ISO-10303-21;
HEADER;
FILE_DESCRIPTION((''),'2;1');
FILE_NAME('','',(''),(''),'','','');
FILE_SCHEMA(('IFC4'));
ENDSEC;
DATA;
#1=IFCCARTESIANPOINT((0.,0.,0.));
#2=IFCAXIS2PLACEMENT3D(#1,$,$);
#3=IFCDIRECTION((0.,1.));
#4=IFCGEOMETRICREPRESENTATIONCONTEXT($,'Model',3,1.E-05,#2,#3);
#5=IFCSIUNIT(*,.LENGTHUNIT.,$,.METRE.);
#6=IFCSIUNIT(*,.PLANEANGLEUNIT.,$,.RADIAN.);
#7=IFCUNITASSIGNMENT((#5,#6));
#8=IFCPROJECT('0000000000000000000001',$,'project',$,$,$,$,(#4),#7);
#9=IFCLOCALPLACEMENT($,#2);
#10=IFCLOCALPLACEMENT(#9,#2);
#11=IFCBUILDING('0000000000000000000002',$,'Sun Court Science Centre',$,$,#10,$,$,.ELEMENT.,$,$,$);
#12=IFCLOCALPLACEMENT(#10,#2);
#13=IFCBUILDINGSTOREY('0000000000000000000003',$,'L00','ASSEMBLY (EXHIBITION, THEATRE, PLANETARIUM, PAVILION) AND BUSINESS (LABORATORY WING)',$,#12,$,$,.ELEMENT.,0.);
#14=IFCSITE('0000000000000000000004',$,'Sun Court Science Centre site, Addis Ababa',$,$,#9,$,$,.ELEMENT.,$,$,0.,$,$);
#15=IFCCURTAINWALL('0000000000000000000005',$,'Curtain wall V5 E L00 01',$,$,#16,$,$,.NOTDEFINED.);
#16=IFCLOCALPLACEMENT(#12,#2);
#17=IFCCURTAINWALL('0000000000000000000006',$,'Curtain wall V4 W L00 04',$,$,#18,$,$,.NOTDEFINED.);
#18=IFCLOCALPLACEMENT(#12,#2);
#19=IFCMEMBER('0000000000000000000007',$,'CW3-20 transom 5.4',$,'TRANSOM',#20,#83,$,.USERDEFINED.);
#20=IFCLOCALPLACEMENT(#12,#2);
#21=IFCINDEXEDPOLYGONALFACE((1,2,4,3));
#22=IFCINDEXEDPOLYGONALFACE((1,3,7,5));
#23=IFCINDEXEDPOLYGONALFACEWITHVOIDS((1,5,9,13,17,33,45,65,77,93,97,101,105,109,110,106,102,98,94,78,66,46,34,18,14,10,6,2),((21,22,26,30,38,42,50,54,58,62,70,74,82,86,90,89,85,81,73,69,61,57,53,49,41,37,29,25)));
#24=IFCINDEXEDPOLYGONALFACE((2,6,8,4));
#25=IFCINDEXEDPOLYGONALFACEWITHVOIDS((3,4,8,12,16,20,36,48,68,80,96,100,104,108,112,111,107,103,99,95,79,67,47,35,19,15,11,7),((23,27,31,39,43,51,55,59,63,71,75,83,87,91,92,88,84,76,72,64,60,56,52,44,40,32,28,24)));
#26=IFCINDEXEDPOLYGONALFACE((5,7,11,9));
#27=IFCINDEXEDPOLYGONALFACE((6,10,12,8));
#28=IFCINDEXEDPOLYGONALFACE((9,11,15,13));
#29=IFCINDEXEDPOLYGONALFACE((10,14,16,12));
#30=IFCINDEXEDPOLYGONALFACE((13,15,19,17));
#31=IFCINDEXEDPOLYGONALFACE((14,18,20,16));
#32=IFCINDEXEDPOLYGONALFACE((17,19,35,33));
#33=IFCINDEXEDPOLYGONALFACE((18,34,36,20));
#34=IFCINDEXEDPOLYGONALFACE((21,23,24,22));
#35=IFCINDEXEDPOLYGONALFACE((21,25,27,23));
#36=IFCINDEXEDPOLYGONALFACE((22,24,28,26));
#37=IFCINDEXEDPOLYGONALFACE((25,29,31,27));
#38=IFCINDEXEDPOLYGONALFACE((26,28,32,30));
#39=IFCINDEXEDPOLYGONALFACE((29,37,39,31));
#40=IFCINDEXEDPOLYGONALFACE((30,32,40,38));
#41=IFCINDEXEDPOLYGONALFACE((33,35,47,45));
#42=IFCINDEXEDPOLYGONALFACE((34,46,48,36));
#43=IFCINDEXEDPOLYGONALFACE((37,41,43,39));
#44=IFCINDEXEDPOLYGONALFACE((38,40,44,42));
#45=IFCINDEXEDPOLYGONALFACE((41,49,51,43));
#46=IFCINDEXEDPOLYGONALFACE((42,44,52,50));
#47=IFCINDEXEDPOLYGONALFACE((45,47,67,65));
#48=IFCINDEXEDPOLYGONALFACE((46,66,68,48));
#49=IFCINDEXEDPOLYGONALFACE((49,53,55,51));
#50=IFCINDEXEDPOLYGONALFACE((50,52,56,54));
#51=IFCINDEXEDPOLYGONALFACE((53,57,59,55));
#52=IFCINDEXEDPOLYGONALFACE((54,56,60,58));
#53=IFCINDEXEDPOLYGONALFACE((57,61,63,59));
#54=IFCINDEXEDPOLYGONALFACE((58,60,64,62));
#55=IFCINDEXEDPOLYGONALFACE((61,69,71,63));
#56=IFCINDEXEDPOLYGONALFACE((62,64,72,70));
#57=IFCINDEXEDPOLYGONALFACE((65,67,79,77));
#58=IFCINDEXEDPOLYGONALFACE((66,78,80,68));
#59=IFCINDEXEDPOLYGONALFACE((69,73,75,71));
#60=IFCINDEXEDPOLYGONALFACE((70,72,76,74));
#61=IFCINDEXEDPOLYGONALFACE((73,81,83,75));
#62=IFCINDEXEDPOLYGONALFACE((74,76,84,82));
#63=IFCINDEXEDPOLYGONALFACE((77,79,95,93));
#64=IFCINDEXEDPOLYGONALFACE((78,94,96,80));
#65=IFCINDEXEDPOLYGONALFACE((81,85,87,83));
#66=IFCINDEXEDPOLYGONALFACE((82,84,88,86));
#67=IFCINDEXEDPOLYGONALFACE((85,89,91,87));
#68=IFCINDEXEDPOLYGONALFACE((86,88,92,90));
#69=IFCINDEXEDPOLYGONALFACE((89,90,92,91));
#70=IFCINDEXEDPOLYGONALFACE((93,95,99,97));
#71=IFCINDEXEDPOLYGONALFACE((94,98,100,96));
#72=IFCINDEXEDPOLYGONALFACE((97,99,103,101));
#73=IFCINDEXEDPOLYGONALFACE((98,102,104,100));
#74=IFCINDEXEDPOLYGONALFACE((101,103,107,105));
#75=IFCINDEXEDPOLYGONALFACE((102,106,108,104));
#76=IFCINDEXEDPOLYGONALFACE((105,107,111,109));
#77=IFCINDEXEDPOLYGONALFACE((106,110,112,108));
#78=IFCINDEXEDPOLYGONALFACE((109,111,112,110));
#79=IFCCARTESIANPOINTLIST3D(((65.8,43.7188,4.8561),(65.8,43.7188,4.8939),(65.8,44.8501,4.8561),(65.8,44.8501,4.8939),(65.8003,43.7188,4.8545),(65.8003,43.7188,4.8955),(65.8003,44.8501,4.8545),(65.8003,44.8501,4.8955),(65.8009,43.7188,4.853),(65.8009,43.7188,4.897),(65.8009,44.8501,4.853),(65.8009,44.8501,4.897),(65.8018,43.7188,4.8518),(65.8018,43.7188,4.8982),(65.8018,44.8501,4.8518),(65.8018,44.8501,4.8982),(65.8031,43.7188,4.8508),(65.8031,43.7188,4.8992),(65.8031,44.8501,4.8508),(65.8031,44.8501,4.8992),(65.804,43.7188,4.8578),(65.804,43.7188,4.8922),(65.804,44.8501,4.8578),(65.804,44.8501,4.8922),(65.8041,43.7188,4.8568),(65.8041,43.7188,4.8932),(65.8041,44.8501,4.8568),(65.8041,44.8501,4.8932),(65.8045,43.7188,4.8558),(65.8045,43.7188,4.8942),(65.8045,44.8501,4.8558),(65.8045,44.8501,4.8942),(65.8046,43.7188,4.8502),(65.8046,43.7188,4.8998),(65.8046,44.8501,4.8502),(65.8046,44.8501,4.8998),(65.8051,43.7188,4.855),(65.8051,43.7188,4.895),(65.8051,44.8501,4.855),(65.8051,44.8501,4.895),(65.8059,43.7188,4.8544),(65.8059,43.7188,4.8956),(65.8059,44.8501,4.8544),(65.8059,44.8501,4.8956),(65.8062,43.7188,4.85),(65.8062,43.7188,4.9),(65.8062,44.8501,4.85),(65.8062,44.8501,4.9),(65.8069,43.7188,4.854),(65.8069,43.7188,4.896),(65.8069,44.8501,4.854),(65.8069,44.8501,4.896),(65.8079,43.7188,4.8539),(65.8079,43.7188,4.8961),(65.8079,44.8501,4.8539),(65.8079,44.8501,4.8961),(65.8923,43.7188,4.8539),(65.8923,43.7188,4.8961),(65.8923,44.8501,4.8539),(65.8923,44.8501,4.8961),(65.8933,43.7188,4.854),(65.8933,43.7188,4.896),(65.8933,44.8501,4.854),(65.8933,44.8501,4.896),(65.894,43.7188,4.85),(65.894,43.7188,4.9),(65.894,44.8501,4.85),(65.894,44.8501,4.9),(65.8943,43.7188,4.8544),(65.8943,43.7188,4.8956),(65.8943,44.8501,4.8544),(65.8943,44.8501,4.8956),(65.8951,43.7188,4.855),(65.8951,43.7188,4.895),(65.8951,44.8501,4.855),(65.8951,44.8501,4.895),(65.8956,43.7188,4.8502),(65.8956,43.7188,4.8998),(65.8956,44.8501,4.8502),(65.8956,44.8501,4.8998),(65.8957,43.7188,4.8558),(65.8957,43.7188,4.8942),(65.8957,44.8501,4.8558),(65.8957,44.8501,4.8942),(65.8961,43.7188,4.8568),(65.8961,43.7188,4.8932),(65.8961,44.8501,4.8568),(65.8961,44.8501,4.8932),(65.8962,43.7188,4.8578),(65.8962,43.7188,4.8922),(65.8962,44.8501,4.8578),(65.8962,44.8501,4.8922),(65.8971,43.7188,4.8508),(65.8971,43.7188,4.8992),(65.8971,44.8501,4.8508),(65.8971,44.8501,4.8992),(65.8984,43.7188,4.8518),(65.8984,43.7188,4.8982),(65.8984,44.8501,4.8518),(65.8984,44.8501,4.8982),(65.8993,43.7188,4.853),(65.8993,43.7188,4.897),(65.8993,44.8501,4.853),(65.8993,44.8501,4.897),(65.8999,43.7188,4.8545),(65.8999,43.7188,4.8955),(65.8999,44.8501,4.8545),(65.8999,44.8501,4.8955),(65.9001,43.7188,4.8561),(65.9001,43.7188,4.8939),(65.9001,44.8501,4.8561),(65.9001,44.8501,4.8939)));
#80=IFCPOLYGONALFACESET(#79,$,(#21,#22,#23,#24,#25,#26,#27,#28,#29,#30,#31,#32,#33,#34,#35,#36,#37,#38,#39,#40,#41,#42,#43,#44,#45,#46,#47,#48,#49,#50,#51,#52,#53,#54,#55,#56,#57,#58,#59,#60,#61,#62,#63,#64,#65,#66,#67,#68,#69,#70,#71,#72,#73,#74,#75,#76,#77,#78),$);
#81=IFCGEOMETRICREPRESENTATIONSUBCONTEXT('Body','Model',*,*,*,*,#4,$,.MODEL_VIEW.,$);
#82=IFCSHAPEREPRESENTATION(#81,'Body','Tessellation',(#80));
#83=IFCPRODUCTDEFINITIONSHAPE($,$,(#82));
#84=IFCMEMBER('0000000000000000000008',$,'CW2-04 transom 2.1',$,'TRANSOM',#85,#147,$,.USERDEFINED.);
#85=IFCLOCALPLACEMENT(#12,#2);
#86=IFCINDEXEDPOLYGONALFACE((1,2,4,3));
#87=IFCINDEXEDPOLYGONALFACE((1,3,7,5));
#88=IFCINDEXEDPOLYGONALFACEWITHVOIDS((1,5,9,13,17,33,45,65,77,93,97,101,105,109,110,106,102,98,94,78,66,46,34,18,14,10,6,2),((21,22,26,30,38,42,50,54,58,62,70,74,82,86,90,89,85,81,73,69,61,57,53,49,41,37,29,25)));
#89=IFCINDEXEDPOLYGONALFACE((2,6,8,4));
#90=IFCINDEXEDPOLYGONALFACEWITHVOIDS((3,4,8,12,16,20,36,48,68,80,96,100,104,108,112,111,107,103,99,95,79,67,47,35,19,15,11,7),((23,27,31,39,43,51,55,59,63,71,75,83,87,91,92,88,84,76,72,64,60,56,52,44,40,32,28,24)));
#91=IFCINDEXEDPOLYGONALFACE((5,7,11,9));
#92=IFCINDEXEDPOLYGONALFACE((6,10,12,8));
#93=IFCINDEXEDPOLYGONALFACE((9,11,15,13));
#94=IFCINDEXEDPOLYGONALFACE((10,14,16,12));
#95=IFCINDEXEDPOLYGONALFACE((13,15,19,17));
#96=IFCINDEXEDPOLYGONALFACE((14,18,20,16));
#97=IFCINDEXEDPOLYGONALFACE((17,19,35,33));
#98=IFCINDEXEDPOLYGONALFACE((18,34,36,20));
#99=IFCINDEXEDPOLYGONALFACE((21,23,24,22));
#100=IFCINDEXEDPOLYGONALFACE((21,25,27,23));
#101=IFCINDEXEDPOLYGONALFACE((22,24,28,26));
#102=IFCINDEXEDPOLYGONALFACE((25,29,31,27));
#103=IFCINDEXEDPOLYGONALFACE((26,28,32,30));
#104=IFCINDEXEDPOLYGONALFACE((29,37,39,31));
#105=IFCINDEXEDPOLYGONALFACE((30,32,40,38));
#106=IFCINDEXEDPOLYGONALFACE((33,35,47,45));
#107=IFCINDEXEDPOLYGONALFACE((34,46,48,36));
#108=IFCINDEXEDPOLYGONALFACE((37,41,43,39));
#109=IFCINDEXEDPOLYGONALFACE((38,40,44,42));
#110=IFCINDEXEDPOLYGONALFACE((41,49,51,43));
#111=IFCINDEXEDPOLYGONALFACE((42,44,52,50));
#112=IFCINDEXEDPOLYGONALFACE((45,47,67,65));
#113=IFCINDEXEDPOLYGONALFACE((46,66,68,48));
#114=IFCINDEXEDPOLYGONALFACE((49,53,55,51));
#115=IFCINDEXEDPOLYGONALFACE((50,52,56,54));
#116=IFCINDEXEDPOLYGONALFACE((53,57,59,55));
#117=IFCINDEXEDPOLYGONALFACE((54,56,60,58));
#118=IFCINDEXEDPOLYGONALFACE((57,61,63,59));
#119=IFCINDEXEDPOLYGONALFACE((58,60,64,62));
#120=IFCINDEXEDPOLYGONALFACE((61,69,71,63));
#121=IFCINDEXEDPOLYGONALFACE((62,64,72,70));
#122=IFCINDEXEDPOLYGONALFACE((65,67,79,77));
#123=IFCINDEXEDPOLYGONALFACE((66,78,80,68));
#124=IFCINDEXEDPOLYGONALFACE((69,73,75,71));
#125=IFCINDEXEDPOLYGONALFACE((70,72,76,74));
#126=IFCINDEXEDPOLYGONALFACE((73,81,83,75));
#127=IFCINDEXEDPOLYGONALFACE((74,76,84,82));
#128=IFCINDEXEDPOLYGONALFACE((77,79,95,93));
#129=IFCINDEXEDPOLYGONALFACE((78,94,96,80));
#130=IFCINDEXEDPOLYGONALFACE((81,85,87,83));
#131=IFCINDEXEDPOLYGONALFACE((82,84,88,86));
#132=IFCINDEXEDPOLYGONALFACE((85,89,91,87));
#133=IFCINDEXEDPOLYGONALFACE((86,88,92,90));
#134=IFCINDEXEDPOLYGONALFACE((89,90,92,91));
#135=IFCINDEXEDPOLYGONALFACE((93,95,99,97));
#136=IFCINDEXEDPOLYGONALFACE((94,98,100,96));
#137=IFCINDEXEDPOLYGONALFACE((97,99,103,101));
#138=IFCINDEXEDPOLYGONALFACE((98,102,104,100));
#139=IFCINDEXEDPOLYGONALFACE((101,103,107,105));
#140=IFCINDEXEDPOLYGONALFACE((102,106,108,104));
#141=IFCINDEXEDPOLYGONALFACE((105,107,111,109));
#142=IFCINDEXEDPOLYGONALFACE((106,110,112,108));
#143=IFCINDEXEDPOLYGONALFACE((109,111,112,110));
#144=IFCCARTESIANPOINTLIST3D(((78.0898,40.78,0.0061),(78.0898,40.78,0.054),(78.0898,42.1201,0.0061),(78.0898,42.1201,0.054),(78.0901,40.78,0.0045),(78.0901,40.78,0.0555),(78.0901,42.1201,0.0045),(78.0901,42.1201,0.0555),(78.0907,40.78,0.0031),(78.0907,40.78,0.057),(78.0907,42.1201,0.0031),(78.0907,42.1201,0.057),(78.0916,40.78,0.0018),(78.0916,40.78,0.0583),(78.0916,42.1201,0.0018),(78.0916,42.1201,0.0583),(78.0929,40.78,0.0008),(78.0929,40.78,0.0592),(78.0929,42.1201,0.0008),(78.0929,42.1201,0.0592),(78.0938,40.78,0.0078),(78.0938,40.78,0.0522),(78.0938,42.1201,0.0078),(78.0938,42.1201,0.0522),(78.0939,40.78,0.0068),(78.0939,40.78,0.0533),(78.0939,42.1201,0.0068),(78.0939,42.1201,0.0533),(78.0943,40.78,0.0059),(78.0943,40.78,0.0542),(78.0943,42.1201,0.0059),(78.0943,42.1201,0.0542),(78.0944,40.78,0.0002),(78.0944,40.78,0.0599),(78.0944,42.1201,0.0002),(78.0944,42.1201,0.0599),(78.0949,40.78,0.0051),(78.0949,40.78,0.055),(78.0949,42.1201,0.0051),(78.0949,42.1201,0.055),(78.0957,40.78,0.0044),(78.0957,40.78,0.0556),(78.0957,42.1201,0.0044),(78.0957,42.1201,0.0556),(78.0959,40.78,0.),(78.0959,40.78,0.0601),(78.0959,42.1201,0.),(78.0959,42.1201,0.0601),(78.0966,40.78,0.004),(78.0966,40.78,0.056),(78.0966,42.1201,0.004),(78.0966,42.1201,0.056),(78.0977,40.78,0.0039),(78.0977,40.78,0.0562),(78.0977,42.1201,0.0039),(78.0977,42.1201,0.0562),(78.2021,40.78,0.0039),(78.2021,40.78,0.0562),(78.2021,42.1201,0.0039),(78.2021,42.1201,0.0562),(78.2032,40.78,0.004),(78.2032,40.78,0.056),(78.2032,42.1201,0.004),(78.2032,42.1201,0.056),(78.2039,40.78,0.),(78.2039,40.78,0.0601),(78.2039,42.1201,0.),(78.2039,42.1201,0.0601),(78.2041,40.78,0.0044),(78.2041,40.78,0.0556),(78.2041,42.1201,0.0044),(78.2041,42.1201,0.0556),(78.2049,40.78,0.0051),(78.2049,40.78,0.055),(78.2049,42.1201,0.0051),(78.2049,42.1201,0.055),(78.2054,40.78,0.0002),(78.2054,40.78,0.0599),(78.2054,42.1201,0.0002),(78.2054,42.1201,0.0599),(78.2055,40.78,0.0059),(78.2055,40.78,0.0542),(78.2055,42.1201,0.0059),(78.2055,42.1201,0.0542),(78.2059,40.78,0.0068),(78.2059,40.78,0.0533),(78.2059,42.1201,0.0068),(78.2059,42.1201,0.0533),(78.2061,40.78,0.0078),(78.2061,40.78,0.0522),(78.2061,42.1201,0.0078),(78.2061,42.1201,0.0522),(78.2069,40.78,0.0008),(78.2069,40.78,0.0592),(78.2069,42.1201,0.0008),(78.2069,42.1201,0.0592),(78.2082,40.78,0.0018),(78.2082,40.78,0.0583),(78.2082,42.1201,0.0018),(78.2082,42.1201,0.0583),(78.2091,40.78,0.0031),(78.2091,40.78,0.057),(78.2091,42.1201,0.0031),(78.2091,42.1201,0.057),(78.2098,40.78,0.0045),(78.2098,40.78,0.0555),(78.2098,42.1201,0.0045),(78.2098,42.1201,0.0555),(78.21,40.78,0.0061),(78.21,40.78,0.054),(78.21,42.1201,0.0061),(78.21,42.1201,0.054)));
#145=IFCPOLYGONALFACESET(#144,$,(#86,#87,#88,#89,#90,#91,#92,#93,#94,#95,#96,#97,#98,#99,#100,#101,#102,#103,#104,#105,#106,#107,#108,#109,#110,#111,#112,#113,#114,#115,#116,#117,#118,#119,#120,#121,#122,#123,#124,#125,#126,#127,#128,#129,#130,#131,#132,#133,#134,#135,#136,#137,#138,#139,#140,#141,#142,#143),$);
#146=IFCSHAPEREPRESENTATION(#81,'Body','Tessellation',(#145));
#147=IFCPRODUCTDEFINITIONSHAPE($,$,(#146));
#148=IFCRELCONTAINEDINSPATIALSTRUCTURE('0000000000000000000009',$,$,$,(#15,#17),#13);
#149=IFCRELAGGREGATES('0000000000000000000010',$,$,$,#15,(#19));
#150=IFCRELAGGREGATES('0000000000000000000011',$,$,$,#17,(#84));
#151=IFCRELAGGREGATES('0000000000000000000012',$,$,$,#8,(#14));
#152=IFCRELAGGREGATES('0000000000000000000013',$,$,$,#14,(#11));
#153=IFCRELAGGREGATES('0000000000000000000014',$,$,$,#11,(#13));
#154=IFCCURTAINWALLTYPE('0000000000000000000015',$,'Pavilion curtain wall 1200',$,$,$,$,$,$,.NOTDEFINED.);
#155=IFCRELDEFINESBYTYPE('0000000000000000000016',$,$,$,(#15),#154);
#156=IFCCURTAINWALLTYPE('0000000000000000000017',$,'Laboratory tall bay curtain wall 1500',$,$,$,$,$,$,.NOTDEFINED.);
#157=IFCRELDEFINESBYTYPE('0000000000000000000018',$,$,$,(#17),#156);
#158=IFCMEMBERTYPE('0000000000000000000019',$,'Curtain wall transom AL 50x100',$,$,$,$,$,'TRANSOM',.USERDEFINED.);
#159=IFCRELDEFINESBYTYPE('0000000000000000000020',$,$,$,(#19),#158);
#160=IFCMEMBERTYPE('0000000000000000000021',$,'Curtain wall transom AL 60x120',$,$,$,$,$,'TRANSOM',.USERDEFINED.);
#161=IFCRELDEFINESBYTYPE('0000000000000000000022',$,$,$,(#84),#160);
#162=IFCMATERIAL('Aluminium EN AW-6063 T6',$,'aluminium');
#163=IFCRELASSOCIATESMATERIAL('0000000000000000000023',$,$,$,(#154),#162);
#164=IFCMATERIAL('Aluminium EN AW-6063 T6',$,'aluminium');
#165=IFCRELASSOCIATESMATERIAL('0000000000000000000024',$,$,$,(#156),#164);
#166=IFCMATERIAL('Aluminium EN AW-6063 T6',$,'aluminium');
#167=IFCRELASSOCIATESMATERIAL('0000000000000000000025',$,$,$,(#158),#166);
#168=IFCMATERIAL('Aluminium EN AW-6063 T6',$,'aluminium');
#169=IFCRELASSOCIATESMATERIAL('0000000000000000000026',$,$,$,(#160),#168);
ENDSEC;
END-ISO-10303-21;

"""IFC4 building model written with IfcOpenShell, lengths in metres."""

from ifc_helpers import new_model, si_unit, direction, frame, origin, origin_2d, place, context, subcontext, project, spatial, hollow_rectangle, extrude, material, material_profile, profile_set, type_object, element, aggregate, save


model = new_model("IFC4")

# Units and contexts
model_context = context("Model", 3, precision=1e-05, world=origin(), true_north=direction((0.0, 1.0)))
body_context = subcontext(model_context, "Body", "Model", "MODEL_VIEW")
ifc_project = project(units=[si_unit("LENGTHUNIT", "METRE"), si_unit("PLANEANGLEUNIT", "RADIAN")], contexts=[model_context])

# Site, building, storey
site_placement = place(None, origin())
site = spatial("IfcSite", under=ifc_project, at=site_placement, Name="Sun Court Science Centre site, Addis Ababa", CompositionType="ELEMENT", RefElevation=0.0)
building_placement = place(site_placement, origin())
building = spatial("IfcBuilding", under=site, at=building_placement, Name="Sun Court Science Centre", CompositionType="ELEMENT")
storey_placement = place(building_placement, origin())
storey = spatial("IfcBuildingStorey", under=building, at=storey_placement, Name="L00", Description="ASSEMBLY (EXHIBITION, THEATRE, PLANETARIUM, PAVILION) AND BUSINESS (LABORATORY WING)", CompositionType="ELEMENT", Elevation=0.0)

# Curtain wall
ifc_material_1 = material(Name="Aluminium EN AW-6063 T6", Category="aluminium")
curtain_wall_type_1 = type_object("IfcCurtainWallType", Name="Pavilion curtain wall 1200", PredefinedType="NOTDEFINED", material=ifc_material_1)
curtain_wall_1_placement = place(storey_placement, origin())
curtain_wall_1 = element("IfcCurtainWall", 1, at=curtain_wall_1_placement, inside=storey, type_object=curtain_wall_type_1, Name="Curtain wall V5 E L00 01", PredefinedType="NOTDEFINED")

# Curtain wall
ifc_material_2 = material(Name="Aluminium EN AW-6063 T6", Category="aluminium")
curtain_wall_type_2 = type_object("IfcCurtainWallType", Name="Laboratory tall bay curtain wall 1500", PredefinedType="NOTDEFINED", material=ifc_material_2)
curtain_wall_2_placement = place(storey_placement, origin())
curtain_wall_2 = element("IfcCurtainWall", 2, at=curtain_wall_2_placement, inside=storey, type_object=curtain_wall_type_2, Name="Curtain wall V4 W L00 04", PredefinedType="NOTDEFINED")

# Members
ifc_material_3 = material(Name="Aluminium EN AW-6063 T6", Category="aluminium")
ifc_material_profile_1 = material_profile(ifc_material_3, hollow_rectangle(XDim=0.05, YDim=0.1001, WallThickness=0.0039, InnerFilletRadius=0.0039, OuterFilletRadius=0.0061, at=origin_2d()), Name="AL 50x100x4")
ifc_profile_set_1 = profile_set([ifc_material_profile_1], Name="Aluminium EN AW-6063 T6")
member_type_1 = type_object("IfcMemberType", Name="Curtain wall transom AL 50x100", ElementType="TRANSOM", PredefinedType="USERDEFINED", material=ifc_profile_set_1)
member_1_placement = place(storey_placement, frame((65.8501, 44.8501, 4.875), z_axis=(0.0, -1.0, 0.0), x_axis=(0.0, 0.0, 1.0)))
member_1 = element("IfcMember", 3, at=member_1_placement, type_object=member_type_1, Name="CW3-20 transom 5.4", ObjectType="TRANSOM", PredefinedType="USERDEFINED", context=body_context, shape_type="SweptSolid", body=[
    extrude(hollow_rectangle(XDim=0.05, YDim=0.1001, WallThickness=0.0039, InnerFilletRadius=0.0039, OuterFilletRadius=0.0061, at=origin_2d()), origin(), (0.0, 0.0, 1.0), 1.1313),
])
ifc_material_4 = material(Name="Aluminium EN AW-6063 T6", Category="aluminium")
ifc_material_profile_2 = material_profile(ifc_material_4, hollow_rectangle(XDim=0.0601, YDim=0.1201, WallThickness=0.0039, InnerFilletRadius=0.0039, OuterFilletRadius=0.0061, at=origin_2d()), Name="AL 60x120x4")
ifc_profile_set_2 = profile_set([ifc_material_profile_2], Name="Aluminium EN AW-6063 T6")
member_type_2 = type_object("IfcMemberType", Name="Curtain wall transom AL 60x120", ElementType="TRANSOM", PredefinedType="USERDEFINED", material=ifc_profile_set_2)
member_2_placement = place(storey_placement, frame((78.1499, 40.78, 0.03), z_axis=(0.0, 1.0, 0.0), x_axis=(0.0, 0.0, 1.0)))
member_2 = element("IfcMember", 4, at=member_2_placement, type_object=member_type_2, Name="CW2-04 transom 2.1", ObjectType="TRANSOM", PredefinedType="USERDEFINED", context=body_context, shape_type="SweptSolid", body=[
    extrude(hollow_rectangle(XDim=0.0601, YDim=0.1201, WallThickness=0.0039, InnerFilletRadius=0.0039, OuterFilletRadius=0.0061, at=origin_2d()), origin(), (0.0, 0.0, 1.0), 1.3401),
])

aggregate(curtain_wall_1, [member_1])
aggregate(curtain_wall_2, [member_2])

save(model, "model.ifc")
